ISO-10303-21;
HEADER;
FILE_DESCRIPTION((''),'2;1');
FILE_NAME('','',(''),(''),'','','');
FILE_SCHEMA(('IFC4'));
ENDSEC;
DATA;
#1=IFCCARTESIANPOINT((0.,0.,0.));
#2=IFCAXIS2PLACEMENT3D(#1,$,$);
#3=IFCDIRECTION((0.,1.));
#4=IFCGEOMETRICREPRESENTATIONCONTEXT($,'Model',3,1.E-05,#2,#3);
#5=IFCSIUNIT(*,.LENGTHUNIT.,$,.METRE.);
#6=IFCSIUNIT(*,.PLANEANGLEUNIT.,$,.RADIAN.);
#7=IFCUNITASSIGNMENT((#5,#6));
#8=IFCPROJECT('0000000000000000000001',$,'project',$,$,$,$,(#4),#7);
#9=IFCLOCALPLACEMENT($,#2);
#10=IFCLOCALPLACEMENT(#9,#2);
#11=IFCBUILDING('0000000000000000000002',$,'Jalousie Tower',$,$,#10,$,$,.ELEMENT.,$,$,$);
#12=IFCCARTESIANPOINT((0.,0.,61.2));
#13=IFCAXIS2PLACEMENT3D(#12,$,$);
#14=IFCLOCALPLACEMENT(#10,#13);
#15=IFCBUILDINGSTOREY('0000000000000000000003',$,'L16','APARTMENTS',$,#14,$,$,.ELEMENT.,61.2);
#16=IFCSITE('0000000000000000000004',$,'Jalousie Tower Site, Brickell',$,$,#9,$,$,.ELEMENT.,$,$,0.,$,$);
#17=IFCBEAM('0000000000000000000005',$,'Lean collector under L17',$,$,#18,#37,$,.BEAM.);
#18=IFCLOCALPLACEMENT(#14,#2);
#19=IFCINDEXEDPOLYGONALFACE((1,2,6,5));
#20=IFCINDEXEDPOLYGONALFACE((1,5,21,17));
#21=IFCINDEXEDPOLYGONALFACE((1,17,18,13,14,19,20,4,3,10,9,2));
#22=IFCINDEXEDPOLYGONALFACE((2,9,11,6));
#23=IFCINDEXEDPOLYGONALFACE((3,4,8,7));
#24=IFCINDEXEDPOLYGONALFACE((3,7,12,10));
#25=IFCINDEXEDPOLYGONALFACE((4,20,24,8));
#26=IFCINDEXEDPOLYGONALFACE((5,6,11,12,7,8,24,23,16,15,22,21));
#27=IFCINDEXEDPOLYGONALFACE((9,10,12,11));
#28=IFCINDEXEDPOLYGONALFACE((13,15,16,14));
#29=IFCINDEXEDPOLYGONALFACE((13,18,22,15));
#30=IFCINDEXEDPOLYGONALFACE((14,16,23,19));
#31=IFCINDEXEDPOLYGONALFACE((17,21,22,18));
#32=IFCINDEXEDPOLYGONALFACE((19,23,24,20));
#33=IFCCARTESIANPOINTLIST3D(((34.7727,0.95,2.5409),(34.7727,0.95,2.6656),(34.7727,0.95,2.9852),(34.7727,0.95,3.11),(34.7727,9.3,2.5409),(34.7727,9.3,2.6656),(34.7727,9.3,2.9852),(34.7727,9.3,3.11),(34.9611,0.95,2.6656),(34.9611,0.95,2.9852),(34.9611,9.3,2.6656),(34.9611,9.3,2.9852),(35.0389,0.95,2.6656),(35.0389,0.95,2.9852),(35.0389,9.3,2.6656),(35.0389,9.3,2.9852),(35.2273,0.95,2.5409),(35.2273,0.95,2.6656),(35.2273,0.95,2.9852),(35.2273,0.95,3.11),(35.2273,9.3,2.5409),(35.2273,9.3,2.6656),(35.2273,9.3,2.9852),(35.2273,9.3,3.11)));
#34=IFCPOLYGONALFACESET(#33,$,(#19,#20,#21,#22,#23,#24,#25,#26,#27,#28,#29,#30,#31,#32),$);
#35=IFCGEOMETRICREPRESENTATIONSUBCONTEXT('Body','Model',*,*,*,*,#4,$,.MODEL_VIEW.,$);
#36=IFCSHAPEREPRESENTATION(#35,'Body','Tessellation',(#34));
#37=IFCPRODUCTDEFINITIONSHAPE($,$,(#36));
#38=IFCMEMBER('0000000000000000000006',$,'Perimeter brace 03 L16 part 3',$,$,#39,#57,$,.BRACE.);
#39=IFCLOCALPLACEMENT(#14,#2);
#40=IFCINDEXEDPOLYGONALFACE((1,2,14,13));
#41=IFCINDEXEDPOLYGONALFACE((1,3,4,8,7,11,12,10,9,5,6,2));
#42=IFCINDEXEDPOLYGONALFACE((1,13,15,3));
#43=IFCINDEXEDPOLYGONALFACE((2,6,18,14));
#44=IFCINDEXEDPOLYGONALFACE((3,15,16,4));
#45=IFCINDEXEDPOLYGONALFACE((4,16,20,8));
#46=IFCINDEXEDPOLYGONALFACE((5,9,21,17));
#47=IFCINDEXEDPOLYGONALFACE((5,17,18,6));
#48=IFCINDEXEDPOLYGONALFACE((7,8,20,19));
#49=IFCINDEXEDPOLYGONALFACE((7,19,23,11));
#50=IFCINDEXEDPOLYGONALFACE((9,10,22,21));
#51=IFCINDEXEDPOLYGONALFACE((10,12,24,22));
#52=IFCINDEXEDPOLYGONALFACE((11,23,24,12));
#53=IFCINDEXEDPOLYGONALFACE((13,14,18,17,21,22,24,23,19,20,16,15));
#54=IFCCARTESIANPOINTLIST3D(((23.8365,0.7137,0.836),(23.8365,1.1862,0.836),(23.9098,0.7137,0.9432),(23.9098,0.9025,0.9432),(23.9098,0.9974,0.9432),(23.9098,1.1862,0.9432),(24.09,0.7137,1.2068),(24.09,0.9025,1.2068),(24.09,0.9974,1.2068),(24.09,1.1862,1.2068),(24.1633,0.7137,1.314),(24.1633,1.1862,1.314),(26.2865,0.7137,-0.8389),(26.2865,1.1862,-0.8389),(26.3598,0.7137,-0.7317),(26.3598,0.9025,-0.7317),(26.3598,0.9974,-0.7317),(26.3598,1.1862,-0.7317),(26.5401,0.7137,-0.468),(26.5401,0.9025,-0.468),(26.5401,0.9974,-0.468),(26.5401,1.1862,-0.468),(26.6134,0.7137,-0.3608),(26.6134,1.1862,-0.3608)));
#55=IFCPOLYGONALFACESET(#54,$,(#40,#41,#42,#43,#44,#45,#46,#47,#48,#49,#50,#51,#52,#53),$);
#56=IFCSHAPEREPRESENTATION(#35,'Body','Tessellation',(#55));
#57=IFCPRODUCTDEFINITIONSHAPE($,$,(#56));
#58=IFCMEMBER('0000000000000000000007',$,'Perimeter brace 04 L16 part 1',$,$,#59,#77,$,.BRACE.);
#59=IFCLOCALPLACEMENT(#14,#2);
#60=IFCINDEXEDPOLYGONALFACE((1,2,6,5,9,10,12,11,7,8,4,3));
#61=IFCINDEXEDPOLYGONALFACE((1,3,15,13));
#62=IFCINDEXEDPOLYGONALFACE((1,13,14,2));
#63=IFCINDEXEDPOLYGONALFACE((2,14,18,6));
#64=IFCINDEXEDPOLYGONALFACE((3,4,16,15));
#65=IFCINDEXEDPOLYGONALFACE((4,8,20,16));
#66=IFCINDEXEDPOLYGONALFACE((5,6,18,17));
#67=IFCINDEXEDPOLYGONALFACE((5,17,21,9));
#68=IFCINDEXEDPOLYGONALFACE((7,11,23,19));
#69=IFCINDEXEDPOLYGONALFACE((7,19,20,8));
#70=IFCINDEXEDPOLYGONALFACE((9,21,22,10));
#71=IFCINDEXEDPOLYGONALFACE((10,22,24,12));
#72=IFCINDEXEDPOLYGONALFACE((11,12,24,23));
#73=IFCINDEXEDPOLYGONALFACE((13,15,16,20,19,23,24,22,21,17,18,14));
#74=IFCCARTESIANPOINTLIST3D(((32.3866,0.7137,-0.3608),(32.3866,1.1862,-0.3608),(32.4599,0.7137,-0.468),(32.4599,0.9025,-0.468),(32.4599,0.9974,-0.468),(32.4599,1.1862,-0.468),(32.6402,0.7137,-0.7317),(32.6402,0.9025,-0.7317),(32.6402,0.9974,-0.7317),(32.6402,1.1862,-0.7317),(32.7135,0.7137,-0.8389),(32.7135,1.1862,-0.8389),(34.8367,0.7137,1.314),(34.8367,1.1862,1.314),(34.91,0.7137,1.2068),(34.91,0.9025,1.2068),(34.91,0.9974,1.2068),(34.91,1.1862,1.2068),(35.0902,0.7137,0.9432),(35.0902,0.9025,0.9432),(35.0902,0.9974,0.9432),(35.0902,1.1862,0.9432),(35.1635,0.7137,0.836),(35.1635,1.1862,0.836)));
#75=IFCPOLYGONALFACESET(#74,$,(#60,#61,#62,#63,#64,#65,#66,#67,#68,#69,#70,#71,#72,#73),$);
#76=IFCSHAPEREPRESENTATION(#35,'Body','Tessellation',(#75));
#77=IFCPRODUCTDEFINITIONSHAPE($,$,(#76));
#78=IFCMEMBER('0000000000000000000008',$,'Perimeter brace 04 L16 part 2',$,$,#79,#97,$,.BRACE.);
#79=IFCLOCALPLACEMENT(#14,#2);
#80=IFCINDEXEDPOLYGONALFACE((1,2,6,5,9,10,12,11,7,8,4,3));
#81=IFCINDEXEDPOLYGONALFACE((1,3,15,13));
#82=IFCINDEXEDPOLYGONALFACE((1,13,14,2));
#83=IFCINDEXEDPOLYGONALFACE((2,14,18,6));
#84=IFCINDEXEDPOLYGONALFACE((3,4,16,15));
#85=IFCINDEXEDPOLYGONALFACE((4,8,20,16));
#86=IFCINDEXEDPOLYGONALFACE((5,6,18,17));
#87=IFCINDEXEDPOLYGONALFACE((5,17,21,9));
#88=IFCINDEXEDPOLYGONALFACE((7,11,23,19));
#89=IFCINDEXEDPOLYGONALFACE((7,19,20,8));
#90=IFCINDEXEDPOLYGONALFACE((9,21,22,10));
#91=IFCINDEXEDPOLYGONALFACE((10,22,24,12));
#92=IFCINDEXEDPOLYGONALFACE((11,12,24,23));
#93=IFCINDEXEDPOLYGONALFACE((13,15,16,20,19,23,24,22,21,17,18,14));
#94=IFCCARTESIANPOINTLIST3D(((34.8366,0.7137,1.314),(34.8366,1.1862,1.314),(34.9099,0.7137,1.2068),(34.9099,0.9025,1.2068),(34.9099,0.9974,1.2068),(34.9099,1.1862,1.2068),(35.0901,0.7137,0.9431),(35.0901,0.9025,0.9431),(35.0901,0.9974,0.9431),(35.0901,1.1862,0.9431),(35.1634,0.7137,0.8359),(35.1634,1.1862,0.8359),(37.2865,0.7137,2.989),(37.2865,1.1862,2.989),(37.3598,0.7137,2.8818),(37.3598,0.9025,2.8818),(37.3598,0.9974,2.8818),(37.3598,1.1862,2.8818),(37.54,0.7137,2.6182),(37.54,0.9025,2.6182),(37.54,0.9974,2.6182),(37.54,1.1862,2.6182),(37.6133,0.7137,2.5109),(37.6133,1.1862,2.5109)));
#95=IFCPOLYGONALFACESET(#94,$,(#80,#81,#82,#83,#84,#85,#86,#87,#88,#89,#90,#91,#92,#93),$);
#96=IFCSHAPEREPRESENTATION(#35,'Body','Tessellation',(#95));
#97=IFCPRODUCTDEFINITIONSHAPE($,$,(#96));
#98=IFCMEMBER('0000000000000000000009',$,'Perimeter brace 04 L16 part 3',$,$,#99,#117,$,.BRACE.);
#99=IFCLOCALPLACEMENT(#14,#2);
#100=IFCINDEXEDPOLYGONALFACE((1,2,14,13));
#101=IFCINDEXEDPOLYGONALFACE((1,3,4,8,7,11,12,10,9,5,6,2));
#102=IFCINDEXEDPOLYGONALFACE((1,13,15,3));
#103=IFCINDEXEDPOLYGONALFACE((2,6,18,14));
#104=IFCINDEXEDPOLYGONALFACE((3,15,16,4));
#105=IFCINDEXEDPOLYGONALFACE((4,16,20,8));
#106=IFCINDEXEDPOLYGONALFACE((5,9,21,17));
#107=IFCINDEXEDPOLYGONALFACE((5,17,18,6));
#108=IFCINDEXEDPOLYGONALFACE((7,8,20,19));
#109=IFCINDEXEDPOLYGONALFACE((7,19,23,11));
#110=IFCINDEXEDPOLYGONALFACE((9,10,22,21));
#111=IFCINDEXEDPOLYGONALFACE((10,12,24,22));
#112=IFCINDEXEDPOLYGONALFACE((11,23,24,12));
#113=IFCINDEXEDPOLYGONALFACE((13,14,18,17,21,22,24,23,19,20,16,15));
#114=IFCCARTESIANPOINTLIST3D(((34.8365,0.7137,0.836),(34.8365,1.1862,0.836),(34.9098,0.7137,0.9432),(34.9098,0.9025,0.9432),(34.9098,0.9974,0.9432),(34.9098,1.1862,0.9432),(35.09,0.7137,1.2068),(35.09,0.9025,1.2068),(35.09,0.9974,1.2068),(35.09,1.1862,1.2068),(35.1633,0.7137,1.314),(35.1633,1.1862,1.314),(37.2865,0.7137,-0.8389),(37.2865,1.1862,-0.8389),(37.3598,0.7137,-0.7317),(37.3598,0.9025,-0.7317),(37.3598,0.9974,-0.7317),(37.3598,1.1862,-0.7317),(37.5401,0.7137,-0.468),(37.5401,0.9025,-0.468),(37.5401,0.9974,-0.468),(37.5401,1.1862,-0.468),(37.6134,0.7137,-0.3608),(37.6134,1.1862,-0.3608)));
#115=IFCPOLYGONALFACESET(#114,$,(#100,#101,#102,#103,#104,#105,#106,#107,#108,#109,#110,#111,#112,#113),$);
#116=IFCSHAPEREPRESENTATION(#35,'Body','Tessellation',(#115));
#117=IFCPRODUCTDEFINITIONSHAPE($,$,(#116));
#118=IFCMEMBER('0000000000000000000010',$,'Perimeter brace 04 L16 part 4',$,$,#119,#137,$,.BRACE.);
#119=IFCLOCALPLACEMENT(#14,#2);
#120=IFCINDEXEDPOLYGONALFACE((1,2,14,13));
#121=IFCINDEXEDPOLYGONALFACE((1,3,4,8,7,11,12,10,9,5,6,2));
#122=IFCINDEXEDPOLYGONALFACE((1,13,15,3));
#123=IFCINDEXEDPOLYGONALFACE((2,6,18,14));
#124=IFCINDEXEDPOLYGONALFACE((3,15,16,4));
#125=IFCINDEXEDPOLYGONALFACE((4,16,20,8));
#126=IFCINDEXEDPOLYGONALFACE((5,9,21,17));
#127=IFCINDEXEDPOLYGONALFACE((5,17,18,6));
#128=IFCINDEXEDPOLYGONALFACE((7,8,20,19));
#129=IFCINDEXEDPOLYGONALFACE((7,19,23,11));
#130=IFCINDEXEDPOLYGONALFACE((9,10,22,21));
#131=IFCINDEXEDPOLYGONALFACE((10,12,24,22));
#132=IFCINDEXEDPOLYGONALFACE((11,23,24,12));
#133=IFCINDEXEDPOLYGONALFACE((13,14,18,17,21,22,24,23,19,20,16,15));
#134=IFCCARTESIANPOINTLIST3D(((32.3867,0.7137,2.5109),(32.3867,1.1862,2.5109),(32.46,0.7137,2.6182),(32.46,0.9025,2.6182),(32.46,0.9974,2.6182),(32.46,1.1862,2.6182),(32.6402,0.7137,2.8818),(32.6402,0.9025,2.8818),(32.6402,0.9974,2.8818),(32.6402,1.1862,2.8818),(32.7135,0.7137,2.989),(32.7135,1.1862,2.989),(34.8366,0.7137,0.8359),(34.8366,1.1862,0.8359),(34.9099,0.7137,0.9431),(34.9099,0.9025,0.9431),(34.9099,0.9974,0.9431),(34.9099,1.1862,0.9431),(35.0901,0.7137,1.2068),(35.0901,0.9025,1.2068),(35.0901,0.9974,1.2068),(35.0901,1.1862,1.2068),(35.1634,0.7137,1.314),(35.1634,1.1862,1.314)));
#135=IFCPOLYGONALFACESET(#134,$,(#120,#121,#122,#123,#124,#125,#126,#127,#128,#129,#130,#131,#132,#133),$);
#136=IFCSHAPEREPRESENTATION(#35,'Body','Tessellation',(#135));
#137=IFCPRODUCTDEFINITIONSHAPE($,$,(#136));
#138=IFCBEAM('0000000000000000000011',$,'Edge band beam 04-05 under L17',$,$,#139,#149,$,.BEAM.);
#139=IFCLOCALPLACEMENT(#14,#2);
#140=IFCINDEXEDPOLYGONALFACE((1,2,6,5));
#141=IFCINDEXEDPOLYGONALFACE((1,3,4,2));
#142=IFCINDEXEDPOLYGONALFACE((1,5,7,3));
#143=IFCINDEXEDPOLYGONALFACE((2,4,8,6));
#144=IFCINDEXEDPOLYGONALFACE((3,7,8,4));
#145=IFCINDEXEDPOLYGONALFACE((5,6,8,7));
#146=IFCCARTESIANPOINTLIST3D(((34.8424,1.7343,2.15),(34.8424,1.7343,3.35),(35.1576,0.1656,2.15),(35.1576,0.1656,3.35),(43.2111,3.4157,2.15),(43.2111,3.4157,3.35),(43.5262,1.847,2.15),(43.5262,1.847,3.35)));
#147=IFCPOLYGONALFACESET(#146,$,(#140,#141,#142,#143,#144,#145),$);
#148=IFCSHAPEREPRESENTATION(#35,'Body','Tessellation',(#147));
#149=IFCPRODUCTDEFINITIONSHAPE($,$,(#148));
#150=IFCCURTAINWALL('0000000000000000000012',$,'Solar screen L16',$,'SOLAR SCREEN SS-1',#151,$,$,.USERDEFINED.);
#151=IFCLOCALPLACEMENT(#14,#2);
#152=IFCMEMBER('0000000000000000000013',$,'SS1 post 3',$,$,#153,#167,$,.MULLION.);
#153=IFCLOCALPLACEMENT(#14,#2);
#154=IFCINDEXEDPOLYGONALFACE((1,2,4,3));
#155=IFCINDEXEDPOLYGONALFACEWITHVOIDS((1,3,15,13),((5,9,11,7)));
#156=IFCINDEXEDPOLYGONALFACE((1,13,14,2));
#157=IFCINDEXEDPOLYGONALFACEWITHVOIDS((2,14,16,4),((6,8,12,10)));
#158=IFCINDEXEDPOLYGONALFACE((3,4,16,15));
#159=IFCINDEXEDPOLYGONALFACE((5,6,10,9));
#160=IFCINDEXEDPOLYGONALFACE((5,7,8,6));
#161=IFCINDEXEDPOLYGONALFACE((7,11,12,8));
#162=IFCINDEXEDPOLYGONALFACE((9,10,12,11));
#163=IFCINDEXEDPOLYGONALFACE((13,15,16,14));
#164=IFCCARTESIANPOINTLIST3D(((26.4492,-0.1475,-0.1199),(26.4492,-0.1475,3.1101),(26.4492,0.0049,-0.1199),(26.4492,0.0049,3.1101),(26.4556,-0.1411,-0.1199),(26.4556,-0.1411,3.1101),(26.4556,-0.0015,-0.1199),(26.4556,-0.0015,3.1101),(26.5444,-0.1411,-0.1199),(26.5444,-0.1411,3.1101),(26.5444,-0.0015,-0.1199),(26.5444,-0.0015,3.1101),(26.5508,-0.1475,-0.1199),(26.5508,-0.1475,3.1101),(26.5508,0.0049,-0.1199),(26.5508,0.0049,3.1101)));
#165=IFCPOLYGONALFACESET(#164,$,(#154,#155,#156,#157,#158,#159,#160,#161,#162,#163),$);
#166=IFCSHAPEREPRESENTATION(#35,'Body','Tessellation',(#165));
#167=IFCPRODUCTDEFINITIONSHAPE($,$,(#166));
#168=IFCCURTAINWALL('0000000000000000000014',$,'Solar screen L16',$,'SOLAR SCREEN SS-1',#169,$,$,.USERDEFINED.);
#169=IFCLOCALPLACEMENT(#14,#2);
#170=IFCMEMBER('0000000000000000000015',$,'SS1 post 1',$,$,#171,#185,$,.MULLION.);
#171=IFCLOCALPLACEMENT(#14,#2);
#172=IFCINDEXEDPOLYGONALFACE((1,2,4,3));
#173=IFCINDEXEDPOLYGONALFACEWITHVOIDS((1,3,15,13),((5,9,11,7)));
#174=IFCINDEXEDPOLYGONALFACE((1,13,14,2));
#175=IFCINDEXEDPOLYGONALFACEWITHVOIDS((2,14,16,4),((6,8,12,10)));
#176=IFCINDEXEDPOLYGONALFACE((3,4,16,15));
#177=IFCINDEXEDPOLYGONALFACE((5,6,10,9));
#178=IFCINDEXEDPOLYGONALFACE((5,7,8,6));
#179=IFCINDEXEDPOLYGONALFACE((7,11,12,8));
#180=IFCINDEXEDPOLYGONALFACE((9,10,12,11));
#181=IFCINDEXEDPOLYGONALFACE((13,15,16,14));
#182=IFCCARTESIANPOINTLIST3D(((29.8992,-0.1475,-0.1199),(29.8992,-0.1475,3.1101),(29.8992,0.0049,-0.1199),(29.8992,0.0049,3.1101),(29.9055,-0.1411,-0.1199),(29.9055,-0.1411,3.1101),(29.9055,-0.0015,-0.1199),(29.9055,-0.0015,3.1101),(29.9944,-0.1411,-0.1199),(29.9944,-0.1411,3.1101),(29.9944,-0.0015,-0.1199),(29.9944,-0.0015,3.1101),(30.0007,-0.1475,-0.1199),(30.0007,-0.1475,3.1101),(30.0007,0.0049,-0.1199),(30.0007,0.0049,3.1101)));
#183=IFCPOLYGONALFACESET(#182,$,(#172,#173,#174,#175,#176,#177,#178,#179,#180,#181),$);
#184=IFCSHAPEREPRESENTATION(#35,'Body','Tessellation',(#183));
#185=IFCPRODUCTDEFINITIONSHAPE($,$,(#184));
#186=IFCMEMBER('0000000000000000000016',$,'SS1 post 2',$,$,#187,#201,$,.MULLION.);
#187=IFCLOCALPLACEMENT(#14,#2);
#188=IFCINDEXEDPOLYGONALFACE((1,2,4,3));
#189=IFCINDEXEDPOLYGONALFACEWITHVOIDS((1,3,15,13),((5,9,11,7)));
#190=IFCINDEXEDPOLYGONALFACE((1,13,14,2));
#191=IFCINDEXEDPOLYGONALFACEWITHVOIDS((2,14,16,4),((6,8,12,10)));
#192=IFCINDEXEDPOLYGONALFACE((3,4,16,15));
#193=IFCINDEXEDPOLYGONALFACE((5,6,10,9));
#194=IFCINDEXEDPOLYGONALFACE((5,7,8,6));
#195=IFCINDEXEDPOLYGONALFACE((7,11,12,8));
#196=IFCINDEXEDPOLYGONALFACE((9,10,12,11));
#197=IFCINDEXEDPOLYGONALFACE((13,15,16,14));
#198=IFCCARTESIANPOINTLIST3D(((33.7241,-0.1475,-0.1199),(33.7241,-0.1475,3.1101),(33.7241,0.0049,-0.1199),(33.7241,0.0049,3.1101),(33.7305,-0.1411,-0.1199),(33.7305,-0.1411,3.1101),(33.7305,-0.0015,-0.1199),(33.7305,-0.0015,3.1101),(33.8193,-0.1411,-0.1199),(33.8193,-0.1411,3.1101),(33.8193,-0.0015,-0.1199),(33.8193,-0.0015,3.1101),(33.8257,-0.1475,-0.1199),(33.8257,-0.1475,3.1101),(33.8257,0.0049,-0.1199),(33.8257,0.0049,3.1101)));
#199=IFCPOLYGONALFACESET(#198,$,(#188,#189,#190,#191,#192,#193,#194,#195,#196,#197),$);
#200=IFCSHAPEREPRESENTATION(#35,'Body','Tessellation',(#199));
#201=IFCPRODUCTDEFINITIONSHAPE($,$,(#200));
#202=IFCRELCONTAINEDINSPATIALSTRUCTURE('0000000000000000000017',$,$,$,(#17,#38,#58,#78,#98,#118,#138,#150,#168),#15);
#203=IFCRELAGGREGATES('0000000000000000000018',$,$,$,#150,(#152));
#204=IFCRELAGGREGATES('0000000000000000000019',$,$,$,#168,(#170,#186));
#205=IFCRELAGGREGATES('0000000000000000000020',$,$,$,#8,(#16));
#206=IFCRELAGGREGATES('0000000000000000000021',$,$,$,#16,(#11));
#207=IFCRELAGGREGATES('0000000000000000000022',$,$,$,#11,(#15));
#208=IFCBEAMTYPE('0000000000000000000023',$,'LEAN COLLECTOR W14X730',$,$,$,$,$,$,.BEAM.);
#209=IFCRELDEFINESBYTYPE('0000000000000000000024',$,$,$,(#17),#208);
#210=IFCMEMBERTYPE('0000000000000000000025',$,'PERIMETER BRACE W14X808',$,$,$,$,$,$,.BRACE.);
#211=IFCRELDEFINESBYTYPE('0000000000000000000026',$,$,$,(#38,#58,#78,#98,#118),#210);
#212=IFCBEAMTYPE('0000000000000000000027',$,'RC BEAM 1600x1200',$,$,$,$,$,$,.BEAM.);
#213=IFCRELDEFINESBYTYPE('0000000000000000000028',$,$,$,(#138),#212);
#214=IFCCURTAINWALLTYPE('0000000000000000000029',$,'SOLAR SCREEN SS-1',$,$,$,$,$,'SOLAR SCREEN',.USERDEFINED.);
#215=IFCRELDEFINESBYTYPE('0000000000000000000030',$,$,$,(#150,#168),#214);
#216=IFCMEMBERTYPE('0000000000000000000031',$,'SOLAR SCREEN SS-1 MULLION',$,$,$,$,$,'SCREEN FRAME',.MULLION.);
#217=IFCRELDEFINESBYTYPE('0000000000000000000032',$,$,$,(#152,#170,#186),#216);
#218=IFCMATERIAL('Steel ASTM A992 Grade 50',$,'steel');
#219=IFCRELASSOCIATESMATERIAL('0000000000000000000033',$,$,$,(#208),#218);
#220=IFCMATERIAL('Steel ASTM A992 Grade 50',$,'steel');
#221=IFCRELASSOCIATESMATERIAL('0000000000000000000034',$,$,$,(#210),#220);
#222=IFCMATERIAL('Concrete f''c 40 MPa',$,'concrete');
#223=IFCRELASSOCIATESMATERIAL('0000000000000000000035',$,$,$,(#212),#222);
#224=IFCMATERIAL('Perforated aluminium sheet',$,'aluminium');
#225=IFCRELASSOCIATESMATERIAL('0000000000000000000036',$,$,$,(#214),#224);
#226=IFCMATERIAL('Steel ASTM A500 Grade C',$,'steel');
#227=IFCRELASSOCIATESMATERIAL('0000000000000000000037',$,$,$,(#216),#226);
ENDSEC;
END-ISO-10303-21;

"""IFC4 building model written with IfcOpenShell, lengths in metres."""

from ifc_helpers import new_model, si_unit, direction, frame, origin, origin_2d, place, context, subcontext, project, spatial, rectangle, hollow_rectangle, i_section, extrude, material, material_profile, profile_set, type_object, element, aggregate, save


model = new_model("IFC4")

# Units and contexts
model_context = context("Model", 3, precision=1e-05, world=origin(), true_north=direction((0.0, 1.0)))
body_context = subcontext(model_context, "Body", "Model", "MODEL_VIEW")
ifc_project = project(units=[si_unit("LENGTHUNIT", "METRE"), si_unit("PLANEANGLEUNIT", "RADIAN")], contexts=[model_context])

# Site, building, storey
site_placement = place(None, origin())
site = spatial("IfcSite", under=ifc_project, at=site_placement, Name="Jalousie Tower Site, Brickell", CompositionType="ELEMENT", RefElevation=0.0)
building_placement = place(site_placement, origin())
building = spatial("IfcBuilding", under=site, at=building_placement, Name="Jalousie Tower", CompositionType="ELEMENT")
storey_placement = place(building_placement, frame((0.0, 0.0, 61.2)))
storey = spatial("IfcBuildingStorey", under=building, at=storey_placement, Name="L16", Description="APARTMENTS", CompositionType="ELEMENT", Elevation=61.2)

# Beam
ifc_material_1 = material(Name="Steel ASTM A992 Grade 50", Category="steel")
ifc_material_profile_1 = material_profile(ifc_material_1, i_section(OverallWidth=0.4546, OverallDepth=0.5691, WebThickness=0.0779, FlangeThickness=0.1248, at=origin_2d()), Name="W14X730")
ifc_profile_set_1 = profile_set([ifc_material_profile_1], Name="Steel ASTM A992 Grade 50")
beam_type_1 = type_object("IfcBeamType", Name="LEAN COLLECTOR W14X730", PredefinedType="BEAM", material=ifc_profile_set_1)
beam_1_placement = place(storey_placement, frame((35.0, 0.95, 2.8254), z_axis=(0.0, 1.0, 0.0), x_axis=(-1.0, 0.0, 0.0)))
element("IfcBeam", 1, at=beam_1_placement, inside=storey, type_object=beam_type_1, Name="Lean collector under L17", PredefinedType="BEAM", context=body_context, shape_type="SweptSolid", body=[
    extrude(i_section(OverallWidth=0.4546, OverallDepth=0.5691, WebThickness=0.0779, FlangeThickness=0.1248, at=origin_2d()), origin(), (0.0, 0.0, 1.0), 8.3501),
])

# Members
ifc_material_2 = material(Name="Steel ASTM A992 Grade 50", Category="steel")
ifc_material_profile_2 = material_profile(ifc_material_2, i_section(OverallWidth=0.4724, OverallDepth=0.5791, WebThickness=0.095, FlangeThickness=0.1299, at=origin_2d()), Name="W14X808")
ifc_profile_set_2 = profile_set([ifc_material_profile_2], Name="Steel ASTM A992 Grade 50")
member_type_1 = type_object("IfcMemberType", Name="PERIMETER BRACE W14X808", PredefinedType="BRACE", material=ifc_profile_set_2)
for number, where, z_axis, x_axis, name in (
    (2, (26.45, 0.95, -0.5999), (-0.825539, 0.0, 0.564345), (0.0, -1.0, 0.0), "Perimeter brace 03 L16 part 3"),
    (3, (32.55, 0.95, -0.5999), (0.825539, 0.0, 0.564345), (0.0, 1.0, 0.0), "Perimeter brace 04 L16 part 1"),
    (4, (35.0, 0.95, 1.075), (0.825501, 0.0, 0.564401), (0.0, 1.0, 0.0), "Perimeter brace 04 L16 part 2"),
    (5, (37.45, 0.95, -0.5999), (-0.825539, 0.0, 0.564345), (0.0, -1.0, 0.0), "Perimeter brace 04 L16 part 3"),
    (6, (35.0, 0.95, 1.075), (-0.825501, 0.0, 0.564401), (0.0, -1.0, 0.0), "Perimeter brace 04 L16 part 4"),
):
    element("IfcMember", number, at=place(storey_placement, frame(where, z_axis=z_axis, x_axis=x_axis)), inside=storey, type_object=member_type_1, Name=name, PredefinedType="BRACE", context=body_context, shape_type="SweptSolid", body=[
        extrude(i_section(OverallWidth=0.4724, OverallDepth=0.5791, WebThickness=0.095, FlangeThickness=0.1299, at=origin_2d()), origin(), (0.0, 0.0, 1.0), 2.9678),
    ])

# Beam
ifc_material_3 = material(Name="Concrete f'c 40 MPa", Category="concrete")
ifc_material_profile_3 = material_profile(ifc_material_3, rectangle(XDim=1.6001, YDim=1.2, at=origin_2d()), Name="RC 1600x1200")
ifc_profile_set_3 = profile_set([ifc_material_profile_3], Name="Concrete f'c 40 MPa")
beam_type_2 = type_object("IfcBeamType", Name="RC BEAM 1600x1200", PredefinedType="BEAM", material=ifc_profile_set_3)
beam_2_placement = place(storey_placement, frame((35.0, 0.95, 2.75), z_axis=(0.980408, 0.19698, 0.0), x_axis=(-0.19698, 0.980408, 0.0)))
element("IfcBeam", 7, at=beam_2_placement, inside=storey, type_object=beam_type_2, Name="Edge band beam 04-05 under L17", PredefinedType="BEAM", context=body_context, shape_type="SweptSolid", body=[
    extrude(rectangle(XDim=1.6001, YDim=1.2, at=origin_2d()), origin(), (0.0, 0.0, 1.0), 8.5359),
])

# Curtain wall, member
ifc_material_4 = material(Name="Perforated aluminium sheet", Category="aluminium")
curtain_wall_type = type_object("IfcCurtainWallType", Name="SOLAR SCREEN SS-1", ElementType="SOLAR SCREEN", PredefinedType="USERDEFINED", material=ifc_material_4)
curtain_wall_1_placement = place(storey_placement, origin())
curtain_wall_1 = element("IfcCurtainWall", 8, at=curtain_wall_1_placement, inside=storey, type_object=curtain_wall_type, Name="Solar screen L16", ObjectType="SOLAR SCREEN SS-1", PredefinedType="USERDEFINED")
ifc_material_5 = material(Name="Steel ASTM A500 Grade C", Category="steel")
ifc_material_profile_4 = material_profile(ifc_material_5, hollow_rectangle(XDim=0.1016, YDim=0.1523, WallThickness=0.0063, at=origin_2d()), Name="HSS6X4X1/4")
ifc_profile_set_4 = profile_set([ifc_material_profile_4], Name="Steel ASTM A500 Grade C")
member_type_2 = type_object("IfcMemberType", Name="SOLAR SCREEN SS-1 MULLION", ElementType="SCREEN FRAME", PredefinedType="MULLION", material=ifc_profile_set_4)
member_1_placement = place(storey_placement, frame((26.5, -0.0713, -0.1199), z_axis=(0.0, 0.0, 1.0), x_axis=(1.0, 0.0, 0.0)))
member_1 = element("IfcMember", 9, at=member_1_placement, type_object=member_type_2, Name="SS1 post 3", PredefinedType="MULLION", context=body_context, shape_type="SweptSolid", body=[
    extrude(hollow_rectangle(XDim=0.1016, YDim=0.1523, WallThickness=0.0063, at=origin_2d()), origin(), (0.0, 0.0, 1.0), 3.23),
])
aggregate(curtain_wall_1, [member_1])

# Curtain wall, members
curtain_wall_2_placement = place(storey_placement, origin())
curtain_wall_2 = element("IfcCurtainWall", 10, at=curtain_wall_2_placement, inside=storey, type_object=curtain_wall_type, Name="Solar screen L16", ObjectType="SOLAR SCREEN SS-1", PredefinedType="USERDEFINED")
member_2_placement = place(storey_placement, frame((29.95, -0.0713, -0.1199), z_axis=(0.0, 0.0, 1.0), x_axis=(1.0, 0.0, 0.0)))
member_2 = element("IfcMember", 11, at=member_2_placement, type_object=member_type_2, Name="SS1 post 1", PredefinedType="MULLION", context=body_context, shape_type="SweptSolid", body=[
    extrude(hollow_rectangle(XDim=0.1016, YDim=0.1523, WallThickness=0.0063, at=origin_2d()), origin(), (0.0, 0.0, 1.0), 3.23),
])
member_3_placement = place(storey_placement, frame((33.7749, -0.0713, -0.1199), z_axis=(0.0, 0.0, 1.0), x_axis=(1.0, 0.0, 0.0)))
member_3 = element("IfcMember", 12, at=member_3_placement, type_object=member_type_2, Name="SS1 post 2", PredefinedType="MULLION", context=body_context, shape_type="SweptSolid", body=[
    extrude(hollow_rectangle(XDim=0.1016, YDim=0.1523, WallThickness=0.0063, at=origin_2d()), origin(), (0.0, 0.0, 1.0), 3.23),
])
aggregate(curtain_wall_2, [member_2, member_3])

save(model, "model.ifc")
